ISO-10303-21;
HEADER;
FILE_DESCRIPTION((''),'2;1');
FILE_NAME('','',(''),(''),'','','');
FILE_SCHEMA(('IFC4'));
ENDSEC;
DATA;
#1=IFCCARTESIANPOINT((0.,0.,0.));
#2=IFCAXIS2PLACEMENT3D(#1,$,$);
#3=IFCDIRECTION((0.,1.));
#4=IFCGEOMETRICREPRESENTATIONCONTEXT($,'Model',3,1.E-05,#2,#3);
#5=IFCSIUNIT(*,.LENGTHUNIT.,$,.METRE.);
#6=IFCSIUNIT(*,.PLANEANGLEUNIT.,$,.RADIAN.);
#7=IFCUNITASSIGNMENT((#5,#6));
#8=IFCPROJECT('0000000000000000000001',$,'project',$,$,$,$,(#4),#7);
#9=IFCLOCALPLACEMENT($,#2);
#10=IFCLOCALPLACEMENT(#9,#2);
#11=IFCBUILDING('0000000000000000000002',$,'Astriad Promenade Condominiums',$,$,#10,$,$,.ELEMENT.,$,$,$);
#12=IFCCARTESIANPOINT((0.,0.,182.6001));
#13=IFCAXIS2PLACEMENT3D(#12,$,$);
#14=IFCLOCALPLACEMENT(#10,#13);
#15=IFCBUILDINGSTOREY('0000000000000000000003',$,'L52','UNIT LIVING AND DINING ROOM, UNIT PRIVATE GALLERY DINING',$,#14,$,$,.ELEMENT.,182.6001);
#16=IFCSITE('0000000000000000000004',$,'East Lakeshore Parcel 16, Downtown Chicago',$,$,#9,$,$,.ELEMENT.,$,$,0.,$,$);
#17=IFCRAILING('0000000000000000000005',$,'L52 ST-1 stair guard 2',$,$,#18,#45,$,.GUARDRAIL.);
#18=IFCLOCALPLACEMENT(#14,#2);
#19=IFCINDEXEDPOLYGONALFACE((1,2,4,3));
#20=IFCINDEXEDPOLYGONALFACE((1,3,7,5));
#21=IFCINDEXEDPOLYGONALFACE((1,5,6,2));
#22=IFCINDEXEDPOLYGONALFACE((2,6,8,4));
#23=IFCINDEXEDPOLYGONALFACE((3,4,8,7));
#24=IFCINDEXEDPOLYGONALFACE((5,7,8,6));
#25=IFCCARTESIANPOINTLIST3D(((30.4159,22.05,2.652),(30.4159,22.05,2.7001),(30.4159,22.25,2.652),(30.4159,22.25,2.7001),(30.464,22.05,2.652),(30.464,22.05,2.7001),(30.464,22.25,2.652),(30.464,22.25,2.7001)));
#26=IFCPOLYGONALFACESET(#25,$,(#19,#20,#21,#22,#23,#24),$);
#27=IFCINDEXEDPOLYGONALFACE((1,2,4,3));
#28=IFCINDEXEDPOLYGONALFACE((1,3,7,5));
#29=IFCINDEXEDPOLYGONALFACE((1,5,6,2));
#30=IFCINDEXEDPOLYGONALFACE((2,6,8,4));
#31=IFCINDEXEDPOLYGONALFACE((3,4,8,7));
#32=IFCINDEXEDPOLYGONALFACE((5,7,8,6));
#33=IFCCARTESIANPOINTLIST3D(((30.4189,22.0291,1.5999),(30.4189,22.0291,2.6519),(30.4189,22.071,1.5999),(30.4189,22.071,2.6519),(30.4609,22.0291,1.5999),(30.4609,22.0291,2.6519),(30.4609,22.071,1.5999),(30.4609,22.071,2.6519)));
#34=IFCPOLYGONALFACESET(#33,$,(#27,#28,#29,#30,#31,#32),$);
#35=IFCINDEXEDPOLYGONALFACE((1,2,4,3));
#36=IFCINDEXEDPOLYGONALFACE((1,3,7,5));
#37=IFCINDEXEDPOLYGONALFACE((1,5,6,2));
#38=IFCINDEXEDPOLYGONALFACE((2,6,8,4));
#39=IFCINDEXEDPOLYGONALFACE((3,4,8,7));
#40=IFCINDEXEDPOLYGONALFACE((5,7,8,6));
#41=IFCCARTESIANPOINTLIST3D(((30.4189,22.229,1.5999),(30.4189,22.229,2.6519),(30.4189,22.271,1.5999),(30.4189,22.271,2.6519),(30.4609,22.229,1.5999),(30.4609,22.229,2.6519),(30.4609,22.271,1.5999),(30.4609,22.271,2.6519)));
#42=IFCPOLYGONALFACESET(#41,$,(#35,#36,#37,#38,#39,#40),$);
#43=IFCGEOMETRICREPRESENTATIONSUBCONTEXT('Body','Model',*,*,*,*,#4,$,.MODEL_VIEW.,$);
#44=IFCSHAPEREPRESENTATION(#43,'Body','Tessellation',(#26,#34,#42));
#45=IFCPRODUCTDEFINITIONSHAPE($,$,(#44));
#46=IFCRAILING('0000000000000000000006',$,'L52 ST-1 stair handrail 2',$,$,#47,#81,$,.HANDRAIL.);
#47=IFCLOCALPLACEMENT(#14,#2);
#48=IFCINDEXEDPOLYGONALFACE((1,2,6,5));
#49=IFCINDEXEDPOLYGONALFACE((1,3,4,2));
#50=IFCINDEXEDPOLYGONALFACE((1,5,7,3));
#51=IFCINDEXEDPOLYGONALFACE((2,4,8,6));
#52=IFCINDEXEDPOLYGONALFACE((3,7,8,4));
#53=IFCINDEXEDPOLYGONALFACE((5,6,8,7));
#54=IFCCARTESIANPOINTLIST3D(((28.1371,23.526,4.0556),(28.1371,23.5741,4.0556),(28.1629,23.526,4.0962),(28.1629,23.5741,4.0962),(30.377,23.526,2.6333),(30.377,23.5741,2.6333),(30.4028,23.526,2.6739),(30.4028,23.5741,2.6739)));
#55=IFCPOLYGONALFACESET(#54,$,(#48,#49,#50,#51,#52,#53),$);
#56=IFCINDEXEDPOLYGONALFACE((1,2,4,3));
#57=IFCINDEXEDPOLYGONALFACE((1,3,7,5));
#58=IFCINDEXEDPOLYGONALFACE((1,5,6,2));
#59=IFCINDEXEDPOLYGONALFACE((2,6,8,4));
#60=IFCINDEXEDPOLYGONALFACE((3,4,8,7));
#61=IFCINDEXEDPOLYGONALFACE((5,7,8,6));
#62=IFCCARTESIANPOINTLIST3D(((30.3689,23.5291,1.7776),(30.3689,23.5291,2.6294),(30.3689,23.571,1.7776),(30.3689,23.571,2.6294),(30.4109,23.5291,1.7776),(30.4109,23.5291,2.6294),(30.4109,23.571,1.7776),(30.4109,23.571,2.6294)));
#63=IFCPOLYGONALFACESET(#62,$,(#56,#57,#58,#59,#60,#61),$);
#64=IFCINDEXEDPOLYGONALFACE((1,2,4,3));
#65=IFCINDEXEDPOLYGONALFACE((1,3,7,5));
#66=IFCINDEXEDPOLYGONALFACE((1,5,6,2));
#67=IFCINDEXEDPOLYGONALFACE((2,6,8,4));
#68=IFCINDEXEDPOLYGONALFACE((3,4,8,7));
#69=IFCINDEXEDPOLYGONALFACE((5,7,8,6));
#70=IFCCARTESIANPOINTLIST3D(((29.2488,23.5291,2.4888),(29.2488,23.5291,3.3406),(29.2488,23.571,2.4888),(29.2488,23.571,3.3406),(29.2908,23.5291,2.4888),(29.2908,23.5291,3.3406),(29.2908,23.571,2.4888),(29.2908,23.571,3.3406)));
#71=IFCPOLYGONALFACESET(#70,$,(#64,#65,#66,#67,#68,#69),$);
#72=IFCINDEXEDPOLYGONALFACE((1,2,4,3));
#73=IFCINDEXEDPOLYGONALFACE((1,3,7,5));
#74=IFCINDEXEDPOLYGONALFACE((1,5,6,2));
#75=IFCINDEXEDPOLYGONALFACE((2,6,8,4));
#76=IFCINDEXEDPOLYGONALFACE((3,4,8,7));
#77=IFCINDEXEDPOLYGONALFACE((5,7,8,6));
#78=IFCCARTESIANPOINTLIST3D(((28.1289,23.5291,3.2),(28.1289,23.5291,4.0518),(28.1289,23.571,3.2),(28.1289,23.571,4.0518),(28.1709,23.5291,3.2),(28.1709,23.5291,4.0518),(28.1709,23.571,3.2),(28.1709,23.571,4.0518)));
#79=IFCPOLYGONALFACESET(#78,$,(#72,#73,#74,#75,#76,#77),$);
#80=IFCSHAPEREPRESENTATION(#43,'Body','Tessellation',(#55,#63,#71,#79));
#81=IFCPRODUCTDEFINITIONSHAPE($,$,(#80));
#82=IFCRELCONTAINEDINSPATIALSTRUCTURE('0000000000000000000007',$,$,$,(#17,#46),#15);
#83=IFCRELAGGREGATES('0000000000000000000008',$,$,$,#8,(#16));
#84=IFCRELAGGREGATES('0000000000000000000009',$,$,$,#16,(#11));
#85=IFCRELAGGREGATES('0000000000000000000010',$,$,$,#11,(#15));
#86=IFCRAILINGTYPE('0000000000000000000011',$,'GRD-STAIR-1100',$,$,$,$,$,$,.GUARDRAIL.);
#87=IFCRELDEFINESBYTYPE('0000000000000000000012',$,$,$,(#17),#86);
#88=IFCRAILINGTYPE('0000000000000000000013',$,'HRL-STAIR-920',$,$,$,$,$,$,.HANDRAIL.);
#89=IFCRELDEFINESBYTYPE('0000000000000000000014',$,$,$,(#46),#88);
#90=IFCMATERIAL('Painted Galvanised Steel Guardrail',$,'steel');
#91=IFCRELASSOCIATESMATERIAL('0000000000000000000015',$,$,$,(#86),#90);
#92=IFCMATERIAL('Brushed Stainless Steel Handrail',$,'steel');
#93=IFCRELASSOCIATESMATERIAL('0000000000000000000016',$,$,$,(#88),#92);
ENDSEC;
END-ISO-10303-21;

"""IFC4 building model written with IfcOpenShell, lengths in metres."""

from ifc_helpers import new_model, si_unit, direction, frame, origin, origin_2d, place, context, subcontext, project, spatial, rectangle, extrude, source, transform, mapped, material, type_object, type_shapes, element, save


model = new_model("IFC4")

# Units and contexts
model_context = context("Model", 3, precision=1e-05, world=origin(), true_north=direction((0.0, 1.0)))
body_context = subcontext(model_context, "Body", "Model", "MODEL_VIEW")
ifc_project = project(units=[si_unit("LENGTHUNIT", "METRE"), si_unit("PLANEANGLEUNIT", "RADIAN")], contexts=[model_context])

# Site, building, storey
site_placement = place(None, origin())
site = spatial("IfcSite", under=ifc_project, at=site_placement, Name="East Lakeshore Parcel 16, Downtown Chicago", CompositionType="ELEMENT", RefElevation=0.0)
building_placement = place(site_placement, origin())
building = spatial("IfcBuilding", under=site, at=building_placement, Name="Astriad Promenade Condominiums", CompositionType="ELEMENT")
storey_placement = place(building_placement, frame((0.0, 0.0, 182.6001)))
storey = spatial("IfcBuildingStorey", under=building, at=storey_placement, Name="L52", Description="UNIT LIVING AND DINING ROOM, UNIT PRIVATE GALLERY DINING", CompositionType="ELEMENT", Elevation=182.6001)

# Railings
ifc_material_1 = material(Name="Painted Galvanised Steel Guardrail", Category="steel")
railing_type_1 = type_object("IfcRailingType", Name="GRD-STAIR-1100", PredefinedType="GUARDRAIL", material=ifc_material_1)
shared_shape_1 = source(origin(), body_context, "Body", "SweptSolid", [
    extrude(rectangle(XDim=0.0481, YDim=0.0481, at=origin_2d()), frame((0.0, 0.0, 1.0762), z_axis=(0.0, 1.0, 0.0), x_axis=(-1.0, 0.0, 0.0)), (0.0, 0.0, 1.0), 0.2),
    extrude(rectangle(XDim=0.042, YDim=0.042, at=origin_2d()), origin(), (0.0, 0.0, 1.0), 1.052),
    extrude(rectangle(XDim=0.042, YDim=0.042, at=origin_2d()), frame((0.0, 0.2, 0.0)), (0.0, 0.0, 1.0), 1.052),
])
type_shapes(railing_type_1, [shared_shape_1])
railing_1_placement = place(storey_placement, frame((30.4399, 22.05, 1.5999)))
element("IfcRailing", 1, at=railing_1_placement, inside=storey, type_object=railing_type_1, Name="L52 ST-1 stair guard 2", PredefinedType="GUARDRAIL", context=body_context, shape_type="MappedRepresentation", body=[
    mapped(shared_shape_1, transform((0.0, 0.0, 0.0), scale=1.0)),
])
ifc_material_2 = material(Name="Brushed Stainless Steel Handrail", Category="steel")
railing_type_2 = type_object("IfcRailingType", Name="HRL-STAIR-920", PredefinedType="HANDRAIL", material=ifc_material_2)
shared_shape_2 = source(origin(), body_context, "Body", "SweptSolid", [
    extrude(rectangle(XDim=0.0481, YDim=0.0481, at=origin_2d()), frame((0.0, 0.0, 0.876), z_axis=(-0.844188, 0.0, 0.536048), x_axis=(0.0, -1.0, 0.0)), (0.0, 0.0, 1.0), 2.6533),
    extrude(rectangle(XDim=0.042, YDim=0.042, at=origin_2d()), origin(), (0.0, 0.0, 1.0), 0.8518),
    extrude(rectangle(XDim=0.042, YDim=0.042, at=origin_2d()), frame((-1.1201, 0.0, 0.7112)), (0.0, 0.0, 1.0), 0.8518),
    extrude(rectangle(XDim=0.042, YDim=0.042, at=origin_2d()), frame((-2.24, 0.0, 1.4224)), (0.0, 0.0, 1.0), 0.8518),
])
type_shapes(railing_type_2, [shared_shape_2])
railing_2_placement = place(storey_placement, frame((30.3899, 23.55, 1.7776)))
element("IfcRailing", 2, at=railing_2_placement, inside=storey, type_object=railing_type_2, Name="L52 ST-1 stair handrail 2", PredefinedType="HANDRAIL", context=body_context, shape_type="MappedRepresentation", body=[
    mapped(shared_shape_2, transform((0.0, 0.0, 0.0), scale=1.0)),
])

save(model, "model.ifc")
